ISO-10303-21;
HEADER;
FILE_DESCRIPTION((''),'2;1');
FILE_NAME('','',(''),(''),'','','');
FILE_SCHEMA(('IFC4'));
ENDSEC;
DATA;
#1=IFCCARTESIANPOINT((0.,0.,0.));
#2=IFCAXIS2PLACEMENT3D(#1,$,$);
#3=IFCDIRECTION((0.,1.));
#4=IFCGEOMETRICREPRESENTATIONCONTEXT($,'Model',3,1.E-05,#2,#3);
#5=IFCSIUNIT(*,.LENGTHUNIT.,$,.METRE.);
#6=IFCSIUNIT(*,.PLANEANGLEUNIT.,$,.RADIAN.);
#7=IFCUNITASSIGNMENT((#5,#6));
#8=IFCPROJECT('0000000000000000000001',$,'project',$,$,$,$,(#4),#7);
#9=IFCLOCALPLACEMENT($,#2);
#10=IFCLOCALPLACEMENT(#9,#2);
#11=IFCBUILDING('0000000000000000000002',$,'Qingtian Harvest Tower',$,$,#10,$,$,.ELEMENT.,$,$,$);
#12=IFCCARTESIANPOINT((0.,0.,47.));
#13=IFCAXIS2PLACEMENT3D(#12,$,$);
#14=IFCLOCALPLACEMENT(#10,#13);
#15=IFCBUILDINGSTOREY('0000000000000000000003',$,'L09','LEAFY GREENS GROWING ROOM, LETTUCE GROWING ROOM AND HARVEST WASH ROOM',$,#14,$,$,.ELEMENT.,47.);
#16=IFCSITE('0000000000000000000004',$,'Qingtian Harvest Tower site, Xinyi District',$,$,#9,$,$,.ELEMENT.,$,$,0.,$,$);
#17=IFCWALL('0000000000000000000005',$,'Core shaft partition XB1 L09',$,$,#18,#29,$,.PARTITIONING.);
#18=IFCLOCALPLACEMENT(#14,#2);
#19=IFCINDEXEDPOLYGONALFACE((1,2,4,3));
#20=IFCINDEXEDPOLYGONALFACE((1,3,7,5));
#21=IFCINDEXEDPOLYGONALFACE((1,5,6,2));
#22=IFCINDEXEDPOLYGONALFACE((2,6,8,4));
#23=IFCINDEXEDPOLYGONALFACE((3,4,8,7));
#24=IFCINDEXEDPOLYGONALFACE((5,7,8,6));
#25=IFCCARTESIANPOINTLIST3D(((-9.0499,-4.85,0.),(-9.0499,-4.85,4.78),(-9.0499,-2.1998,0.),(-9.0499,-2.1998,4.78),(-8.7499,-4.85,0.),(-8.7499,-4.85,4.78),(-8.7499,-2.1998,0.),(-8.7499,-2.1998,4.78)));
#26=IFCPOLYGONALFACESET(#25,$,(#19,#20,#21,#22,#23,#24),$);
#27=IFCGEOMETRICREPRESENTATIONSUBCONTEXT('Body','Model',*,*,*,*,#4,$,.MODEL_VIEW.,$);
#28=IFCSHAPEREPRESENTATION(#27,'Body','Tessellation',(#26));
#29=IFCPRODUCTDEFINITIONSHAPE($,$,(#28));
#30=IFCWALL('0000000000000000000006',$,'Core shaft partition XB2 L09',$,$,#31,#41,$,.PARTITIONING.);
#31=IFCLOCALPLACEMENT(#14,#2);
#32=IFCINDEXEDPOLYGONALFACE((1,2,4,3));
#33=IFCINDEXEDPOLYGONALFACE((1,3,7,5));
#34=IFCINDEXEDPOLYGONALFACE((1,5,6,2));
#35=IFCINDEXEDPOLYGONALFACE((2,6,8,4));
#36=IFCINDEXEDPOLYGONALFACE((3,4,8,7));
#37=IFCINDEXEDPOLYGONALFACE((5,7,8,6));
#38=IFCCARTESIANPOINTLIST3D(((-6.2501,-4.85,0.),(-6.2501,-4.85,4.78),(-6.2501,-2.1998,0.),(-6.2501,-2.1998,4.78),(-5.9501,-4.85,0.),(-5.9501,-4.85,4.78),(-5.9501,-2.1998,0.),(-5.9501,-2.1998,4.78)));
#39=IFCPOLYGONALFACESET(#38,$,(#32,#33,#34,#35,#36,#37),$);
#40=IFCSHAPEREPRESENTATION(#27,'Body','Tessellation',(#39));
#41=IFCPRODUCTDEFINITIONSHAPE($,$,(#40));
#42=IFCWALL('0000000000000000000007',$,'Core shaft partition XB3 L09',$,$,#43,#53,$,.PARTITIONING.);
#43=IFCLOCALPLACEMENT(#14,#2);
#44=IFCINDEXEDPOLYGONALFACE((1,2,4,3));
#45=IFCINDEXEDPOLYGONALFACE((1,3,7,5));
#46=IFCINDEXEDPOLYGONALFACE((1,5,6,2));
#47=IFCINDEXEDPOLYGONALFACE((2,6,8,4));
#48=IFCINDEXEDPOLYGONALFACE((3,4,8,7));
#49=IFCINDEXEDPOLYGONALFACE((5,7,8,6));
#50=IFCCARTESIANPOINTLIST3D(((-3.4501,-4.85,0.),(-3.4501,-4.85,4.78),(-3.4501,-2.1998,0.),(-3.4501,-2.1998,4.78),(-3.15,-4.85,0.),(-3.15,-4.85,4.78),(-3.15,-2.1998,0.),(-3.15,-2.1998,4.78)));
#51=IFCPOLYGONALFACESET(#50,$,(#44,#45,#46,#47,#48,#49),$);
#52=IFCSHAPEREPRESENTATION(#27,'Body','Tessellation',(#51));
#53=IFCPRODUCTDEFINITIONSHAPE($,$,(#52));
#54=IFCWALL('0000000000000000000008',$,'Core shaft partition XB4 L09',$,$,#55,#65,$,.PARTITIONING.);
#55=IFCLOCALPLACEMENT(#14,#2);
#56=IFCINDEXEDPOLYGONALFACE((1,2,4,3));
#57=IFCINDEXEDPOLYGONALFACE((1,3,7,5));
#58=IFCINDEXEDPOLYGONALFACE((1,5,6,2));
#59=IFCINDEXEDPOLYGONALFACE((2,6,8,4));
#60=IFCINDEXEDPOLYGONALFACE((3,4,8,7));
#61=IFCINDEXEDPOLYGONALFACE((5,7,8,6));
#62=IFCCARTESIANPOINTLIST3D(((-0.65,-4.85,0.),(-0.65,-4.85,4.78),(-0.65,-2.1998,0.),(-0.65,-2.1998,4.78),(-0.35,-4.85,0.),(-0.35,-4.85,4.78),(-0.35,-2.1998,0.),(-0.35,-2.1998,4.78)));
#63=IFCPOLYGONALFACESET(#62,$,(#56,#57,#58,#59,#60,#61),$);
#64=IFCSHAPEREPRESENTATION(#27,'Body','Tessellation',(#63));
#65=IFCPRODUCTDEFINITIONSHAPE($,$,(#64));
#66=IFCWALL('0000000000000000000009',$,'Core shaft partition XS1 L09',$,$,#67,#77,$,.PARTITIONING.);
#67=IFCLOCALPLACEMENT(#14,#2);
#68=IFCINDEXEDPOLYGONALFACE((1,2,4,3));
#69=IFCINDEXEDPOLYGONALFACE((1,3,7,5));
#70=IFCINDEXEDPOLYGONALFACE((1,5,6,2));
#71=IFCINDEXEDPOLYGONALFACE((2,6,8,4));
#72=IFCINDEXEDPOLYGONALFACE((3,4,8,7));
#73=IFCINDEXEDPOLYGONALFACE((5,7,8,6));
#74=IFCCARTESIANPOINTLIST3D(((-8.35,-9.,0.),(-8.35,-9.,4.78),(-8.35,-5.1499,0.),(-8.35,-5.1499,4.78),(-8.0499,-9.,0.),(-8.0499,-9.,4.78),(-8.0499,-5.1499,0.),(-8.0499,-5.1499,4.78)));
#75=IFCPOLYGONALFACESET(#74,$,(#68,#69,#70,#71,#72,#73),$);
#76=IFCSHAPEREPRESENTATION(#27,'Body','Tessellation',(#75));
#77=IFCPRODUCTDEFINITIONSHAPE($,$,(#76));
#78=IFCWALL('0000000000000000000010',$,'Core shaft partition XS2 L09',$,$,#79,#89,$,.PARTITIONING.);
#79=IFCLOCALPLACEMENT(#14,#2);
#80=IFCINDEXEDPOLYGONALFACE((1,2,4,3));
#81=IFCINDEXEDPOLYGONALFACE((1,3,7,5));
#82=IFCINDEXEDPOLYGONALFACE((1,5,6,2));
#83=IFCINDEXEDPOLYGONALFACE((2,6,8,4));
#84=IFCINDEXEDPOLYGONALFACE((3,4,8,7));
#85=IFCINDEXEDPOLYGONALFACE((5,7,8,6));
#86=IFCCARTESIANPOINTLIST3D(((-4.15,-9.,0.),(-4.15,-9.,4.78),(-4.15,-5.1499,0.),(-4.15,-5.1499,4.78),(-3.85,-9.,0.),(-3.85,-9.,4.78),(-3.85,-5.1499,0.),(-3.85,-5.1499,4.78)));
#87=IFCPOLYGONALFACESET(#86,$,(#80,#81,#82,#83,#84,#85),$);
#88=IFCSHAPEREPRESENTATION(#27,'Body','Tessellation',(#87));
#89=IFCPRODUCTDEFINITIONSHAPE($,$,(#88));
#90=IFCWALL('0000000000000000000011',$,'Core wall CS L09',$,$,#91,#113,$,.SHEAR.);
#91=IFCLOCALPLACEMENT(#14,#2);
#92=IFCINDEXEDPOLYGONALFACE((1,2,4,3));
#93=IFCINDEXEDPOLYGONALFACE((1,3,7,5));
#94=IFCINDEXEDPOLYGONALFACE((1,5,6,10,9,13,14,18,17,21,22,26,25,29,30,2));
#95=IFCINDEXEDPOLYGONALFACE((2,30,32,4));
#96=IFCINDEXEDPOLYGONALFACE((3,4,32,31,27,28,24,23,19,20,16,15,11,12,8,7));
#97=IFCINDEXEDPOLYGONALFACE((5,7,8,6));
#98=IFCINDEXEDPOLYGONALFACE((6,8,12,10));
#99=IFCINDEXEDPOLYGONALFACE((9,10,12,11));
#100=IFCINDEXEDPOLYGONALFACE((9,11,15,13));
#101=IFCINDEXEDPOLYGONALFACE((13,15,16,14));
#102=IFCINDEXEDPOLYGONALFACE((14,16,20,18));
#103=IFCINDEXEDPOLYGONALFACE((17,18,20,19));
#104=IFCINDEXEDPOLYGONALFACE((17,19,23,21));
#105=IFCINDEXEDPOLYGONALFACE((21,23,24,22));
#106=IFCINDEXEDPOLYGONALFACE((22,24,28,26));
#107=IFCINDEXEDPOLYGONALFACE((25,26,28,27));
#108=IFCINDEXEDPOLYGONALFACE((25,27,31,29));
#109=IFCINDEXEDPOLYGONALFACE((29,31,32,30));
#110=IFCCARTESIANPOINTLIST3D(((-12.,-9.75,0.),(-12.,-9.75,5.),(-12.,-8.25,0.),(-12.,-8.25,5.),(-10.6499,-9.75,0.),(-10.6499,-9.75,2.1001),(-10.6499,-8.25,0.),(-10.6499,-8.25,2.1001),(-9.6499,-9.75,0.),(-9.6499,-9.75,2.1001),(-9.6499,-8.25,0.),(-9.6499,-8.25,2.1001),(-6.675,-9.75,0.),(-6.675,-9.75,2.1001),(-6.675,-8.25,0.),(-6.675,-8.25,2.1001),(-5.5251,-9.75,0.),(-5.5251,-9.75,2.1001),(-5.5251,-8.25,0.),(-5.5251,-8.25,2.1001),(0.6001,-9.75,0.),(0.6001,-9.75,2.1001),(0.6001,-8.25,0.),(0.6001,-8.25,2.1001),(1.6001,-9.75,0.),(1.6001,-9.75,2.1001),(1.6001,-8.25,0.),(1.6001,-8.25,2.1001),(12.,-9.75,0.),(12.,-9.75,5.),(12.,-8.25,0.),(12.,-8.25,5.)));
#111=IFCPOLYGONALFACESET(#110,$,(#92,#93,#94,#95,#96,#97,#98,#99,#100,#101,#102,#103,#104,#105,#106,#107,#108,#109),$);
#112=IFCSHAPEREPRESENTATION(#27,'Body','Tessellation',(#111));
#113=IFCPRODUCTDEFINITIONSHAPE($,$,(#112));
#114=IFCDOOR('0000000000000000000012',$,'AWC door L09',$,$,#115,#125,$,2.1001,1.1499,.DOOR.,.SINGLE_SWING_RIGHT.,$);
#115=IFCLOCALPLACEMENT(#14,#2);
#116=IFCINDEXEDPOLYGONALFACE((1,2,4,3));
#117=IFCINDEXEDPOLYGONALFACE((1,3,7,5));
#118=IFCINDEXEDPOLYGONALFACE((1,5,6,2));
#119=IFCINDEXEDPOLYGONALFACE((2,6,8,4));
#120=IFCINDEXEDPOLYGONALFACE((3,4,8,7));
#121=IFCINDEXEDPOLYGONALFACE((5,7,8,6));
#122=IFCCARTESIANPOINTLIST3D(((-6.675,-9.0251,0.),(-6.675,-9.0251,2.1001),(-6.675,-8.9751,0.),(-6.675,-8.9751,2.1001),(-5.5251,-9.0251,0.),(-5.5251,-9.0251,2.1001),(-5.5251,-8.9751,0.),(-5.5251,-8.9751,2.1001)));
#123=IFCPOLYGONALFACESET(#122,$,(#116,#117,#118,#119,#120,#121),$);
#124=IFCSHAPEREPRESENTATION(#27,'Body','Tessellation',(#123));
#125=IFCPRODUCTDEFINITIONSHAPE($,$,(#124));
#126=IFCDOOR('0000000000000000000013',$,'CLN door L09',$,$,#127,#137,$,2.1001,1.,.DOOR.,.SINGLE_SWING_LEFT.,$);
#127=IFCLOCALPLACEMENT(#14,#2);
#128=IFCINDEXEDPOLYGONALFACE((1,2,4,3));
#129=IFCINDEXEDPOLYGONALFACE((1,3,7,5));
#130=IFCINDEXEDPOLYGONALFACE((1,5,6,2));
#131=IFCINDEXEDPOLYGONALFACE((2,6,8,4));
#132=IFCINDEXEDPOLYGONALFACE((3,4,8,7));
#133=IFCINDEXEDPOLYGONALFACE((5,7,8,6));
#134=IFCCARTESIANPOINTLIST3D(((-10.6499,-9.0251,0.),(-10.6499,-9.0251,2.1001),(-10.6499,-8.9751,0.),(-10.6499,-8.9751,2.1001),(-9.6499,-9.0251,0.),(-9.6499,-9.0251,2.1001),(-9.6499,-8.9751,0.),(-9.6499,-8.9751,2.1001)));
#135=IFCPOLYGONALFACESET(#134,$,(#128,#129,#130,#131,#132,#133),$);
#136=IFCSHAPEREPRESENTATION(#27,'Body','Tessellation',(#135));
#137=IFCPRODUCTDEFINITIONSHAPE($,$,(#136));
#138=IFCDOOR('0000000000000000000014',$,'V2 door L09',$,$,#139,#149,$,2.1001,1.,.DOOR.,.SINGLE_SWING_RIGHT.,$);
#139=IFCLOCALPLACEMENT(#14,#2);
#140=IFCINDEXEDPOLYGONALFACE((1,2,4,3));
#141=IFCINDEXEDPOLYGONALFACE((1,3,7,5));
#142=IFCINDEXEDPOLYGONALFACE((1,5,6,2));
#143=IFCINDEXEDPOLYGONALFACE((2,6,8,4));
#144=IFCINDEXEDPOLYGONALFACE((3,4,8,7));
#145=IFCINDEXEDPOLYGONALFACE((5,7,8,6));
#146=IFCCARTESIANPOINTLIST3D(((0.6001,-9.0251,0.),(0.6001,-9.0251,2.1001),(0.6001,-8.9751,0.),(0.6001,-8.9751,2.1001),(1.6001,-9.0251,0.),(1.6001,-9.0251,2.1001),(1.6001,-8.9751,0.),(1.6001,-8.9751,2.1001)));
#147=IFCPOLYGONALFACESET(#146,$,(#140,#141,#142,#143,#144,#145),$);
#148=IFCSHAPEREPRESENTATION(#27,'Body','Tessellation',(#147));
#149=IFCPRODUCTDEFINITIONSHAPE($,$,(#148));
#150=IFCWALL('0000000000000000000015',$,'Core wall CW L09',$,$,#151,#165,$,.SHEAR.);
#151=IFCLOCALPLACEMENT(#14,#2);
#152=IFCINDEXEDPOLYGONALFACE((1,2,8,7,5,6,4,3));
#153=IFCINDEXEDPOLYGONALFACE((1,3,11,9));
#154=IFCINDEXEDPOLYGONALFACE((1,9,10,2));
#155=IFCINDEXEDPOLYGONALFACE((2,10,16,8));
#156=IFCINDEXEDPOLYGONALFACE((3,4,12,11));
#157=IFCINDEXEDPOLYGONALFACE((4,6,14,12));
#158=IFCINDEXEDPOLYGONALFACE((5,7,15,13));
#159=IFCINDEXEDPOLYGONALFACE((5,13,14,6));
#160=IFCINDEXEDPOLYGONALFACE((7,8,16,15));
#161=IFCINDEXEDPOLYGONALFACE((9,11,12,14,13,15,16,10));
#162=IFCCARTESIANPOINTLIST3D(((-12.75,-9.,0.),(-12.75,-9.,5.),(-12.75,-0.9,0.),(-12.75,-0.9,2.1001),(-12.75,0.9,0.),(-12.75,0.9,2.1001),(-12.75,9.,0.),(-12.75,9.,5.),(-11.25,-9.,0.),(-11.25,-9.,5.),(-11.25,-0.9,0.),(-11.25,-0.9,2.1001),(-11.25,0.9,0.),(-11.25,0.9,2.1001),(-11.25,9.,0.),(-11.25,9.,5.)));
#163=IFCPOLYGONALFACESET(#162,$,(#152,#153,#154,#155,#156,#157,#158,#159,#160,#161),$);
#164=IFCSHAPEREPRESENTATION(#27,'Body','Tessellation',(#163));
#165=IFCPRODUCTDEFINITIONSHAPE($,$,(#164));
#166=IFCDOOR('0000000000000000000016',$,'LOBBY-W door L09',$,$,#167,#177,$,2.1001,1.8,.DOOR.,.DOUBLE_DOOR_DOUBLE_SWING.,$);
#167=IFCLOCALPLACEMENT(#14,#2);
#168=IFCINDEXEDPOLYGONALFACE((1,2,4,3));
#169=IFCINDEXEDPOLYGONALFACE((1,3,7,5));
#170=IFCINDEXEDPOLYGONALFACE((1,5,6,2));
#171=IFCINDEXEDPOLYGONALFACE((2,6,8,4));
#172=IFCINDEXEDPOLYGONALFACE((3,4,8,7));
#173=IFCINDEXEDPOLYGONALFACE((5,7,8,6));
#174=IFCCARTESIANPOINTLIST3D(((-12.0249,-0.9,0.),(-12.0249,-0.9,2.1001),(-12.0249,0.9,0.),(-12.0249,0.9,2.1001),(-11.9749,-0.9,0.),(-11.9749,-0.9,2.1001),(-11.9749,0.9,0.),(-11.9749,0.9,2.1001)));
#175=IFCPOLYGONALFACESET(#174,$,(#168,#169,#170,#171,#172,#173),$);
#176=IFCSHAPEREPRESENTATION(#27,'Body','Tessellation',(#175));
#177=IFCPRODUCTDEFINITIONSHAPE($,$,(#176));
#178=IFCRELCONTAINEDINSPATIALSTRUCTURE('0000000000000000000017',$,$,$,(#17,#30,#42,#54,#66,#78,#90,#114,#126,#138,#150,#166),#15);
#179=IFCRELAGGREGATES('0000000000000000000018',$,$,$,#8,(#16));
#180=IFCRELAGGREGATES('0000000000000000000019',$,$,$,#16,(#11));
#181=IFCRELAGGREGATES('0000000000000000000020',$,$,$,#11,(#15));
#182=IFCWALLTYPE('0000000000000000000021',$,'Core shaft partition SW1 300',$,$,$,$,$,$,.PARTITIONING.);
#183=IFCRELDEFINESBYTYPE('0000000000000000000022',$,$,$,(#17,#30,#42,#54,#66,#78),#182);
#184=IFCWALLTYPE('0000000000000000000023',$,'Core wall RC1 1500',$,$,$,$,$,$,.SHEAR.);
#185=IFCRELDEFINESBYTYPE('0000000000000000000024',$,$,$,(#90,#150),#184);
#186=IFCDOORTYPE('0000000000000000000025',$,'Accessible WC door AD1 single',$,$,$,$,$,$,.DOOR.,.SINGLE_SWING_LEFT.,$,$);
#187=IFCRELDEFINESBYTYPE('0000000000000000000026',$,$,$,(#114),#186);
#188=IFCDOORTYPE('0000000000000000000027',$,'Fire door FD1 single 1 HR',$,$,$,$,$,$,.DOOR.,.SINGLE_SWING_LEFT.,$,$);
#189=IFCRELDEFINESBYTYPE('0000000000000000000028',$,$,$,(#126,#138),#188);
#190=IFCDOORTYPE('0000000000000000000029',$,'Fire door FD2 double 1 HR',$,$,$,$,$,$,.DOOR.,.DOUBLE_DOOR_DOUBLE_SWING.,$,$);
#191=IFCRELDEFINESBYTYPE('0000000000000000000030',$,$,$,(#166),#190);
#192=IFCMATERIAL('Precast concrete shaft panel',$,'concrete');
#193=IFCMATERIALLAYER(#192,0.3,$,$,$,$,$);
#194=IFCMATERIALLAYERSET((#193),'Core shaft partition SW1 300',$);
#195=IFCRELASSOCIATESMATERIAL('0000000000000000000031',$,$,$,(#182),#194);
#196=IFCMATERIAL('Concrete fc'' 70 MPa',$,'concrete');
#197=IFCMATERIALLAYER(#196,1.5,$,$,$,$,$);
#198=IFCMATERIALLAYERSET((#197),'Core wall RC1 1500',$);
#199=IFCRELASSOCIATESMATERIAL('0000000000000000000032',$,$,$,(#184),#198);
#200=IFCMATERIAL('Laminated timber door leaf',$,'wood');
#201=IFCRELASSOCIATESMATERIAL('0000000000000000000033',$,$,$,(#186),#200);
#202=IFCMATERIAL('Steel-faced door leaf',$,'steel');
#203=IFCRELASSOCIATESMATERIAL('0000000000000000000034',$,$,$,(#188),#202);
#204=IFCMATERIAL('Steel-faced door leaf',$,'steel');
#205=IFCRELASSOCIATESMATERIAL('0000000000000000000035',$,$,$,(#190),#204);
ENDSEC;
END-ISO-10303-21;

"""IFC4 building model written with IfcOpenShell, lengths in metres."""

from ifc_helpers import new_model, si_unit, direction, frame, frame_2d, origin, place, context, subcontext, project, spatial, rectangle, extrude, material, layer, layer_set, type_object, element, fill, save


model = new_model("IFC4")

# Units and contexts
model_context = context("Model", 3, precision=1e-05, world=origin(), true_north=direction((0.0, 1.0)))
body_context = subcontext(model_context, "Body", "Model", "MODEL_VIEW")
ifc_project = project(units=[si_unit("LENGTHUNIT", "METRE"), si_unit("PLANEANGLEUNIT", "RADIAN")], contexts=[model_context])

# Site, building, storey
site_placement = place(None, origin())
site = spatial("IfcSite", under=ifc_project, at=site_placement, Name="Qingtian Harvest Tower site, Xinyi District", CompositionType="ELEMENT", RefElevation=0.0)
building_placement = place(site_placement, origin())
building = spatial("IfcBuilding", under=site, at=building_placement, Name="Qingtian Harvest Tower", CompositionType="ELEMENT")
storey_placement = place(building_placement, frame((0.0, 0.0, 47.0)))
storey = spatial("IfcBuildingStorey", under=building, at=storey_placement, Name="L09", Description="LEAFY GREENS GROWING ROOM, LETTUCE GROWING ROOM AND HARVEST WASH ROOM", CompositionType="ELEMENT", Elevation=47.0)

# Walls
ifc_material_1 = material(Name="Precast concrete shaft panel", Category="concrete")
ifc_layer_1 = layer(ifc_material_1, 0.3)
ifc_layer_set_1 = layer_set([ifc_layer_1], Name="Core shaft partition SW1 300")
wall_type_1 = type_object("IfcWallType", Name="Core shaft partition SW1 300", PredefinedType="PARTITIONING", material=ifc_layer_set_1)
for number, where, z_axis, x_axis, name in (
    (1, (-8.8999, -4.8501, 0.0), (0.0, 0.0, 1.0), (0.0, 1.0, 0.0), "Core shaft partition XB1 L09"),
    (2, (-6.1001, -4.8501, 0.0), (0.0, 0.0, 1.0), (0.0, 1.0, 0.0), "Core shaft partition XB2 L09"),
    (3, (-3.3, -4.8501, 0.0), (0.0, 0.0, 1.0), (0.0, 1.0, 0.0), "Core shaft partition XB3 L09"),
    (4, (-0.5, -4.8501, 0.0), (0.0, 0.0, 1.0), (0.0, 1.0, 0.0), "Core shaft partition XB4 L09"),
):
    element("IfcWall", number, at=place(storey_placement, frame(where, z_axis=z_axis, x_axis=x_axis)), inside=storey, type_object=wall_type_1, Name=name, PredefinedType="PARTITIONING", context=body_context, shape_type="SweptSolid", body=[
        extrude(rectangle(XDim=2.6501, YDim=0.3, at=frame_2d((1.3252, 0.0))), origin(), (0.0, 0.0, 1.0), 4.78),
    ])
for number, where, z_axis, x_axis, name in (
    (5, (-8.2, -9.0, 0.0), (0.0, 0.0, 1.0), (0.0, 1.0, 0.0), "Core shaft partition XS1 L09"),
    (6, (-4.0, -9.0, 0.0), (0.0, 0.0, 1.0), (0.0, 1.0, 0.0), "Core shaft partition XS2 L09"),
):
    element("IfcWall", number, at=place(storey_placement, frame(where, z_axis=z_axis, x_axis=x_axis)), inside=storey, type_object=wall_type_1, Name=name, PredefinedType="PARTITIONING", context=body_context, shape_type="SweptSolid", body=[
        extrude(rectangle(XDim=3.8501, YDim=0.3, at=frame_2d((1.925, 0.0))), origin(), (0.0, 0.0, 1.0), 4.78),
    ])

# Wall, openings, doors
ifc_material_2 = material(Name="Concrete fc' 70 MPa", Category="concrete")
ifc_layer_2 = layer(ifc_material_2, 1.5)
ifc_layer_set_2 = layer_set([ifc_layer_2], Name="Core wall RC1 1500")
wall_type_2 = type_object("IfcWallType", Name="Core wall RC1 1500", PredefinedType="SHEAR", material=ifc_layer_set_2)
wall_1_placement = place(storey_placement, frame((-12.0, -9.0, 0.0), z_axis=(0.0, 0.0, 1.0), x_axis=(1.0, 0.0, 0.0)))
wall_1 = element("IfcWall", 7, at=wall_1_placement, inside=storey, type_object=wall_type_2, Name="Core wall CS L09", PredefinedType="SHEAR", context=body_context, shape_type="SweptSolid", body=[
    extrude(rectangle(XDim=24.0, YDim=1.5, at=frame_2d((12.0, 0.0))), origin(), (0.0, 0.0, 1.0), 5.0),
])
opening_1_placement = place(wall_1_placement, frame((1.3501, 0.0, 0.0)))
opening_1 = element("IfcOpeningElement", 8, at=opening_1_placement, cuts=wall_1, PredefinedType="OPENING", context=body_context, shape_type="SweptSolid", body=[
    extrude(rectangle(XDim=1.0, YDim=2.1001, at=frame_2d((0.5, 1.05))), frame((0.0, 0.76, 0.0), z_axis=(0.0, -1.0, 0.0), x_axis=(1.0, 0.0, 0.0)), (0.0, 0.0, 1.0), 1.52),
])
opening_2_placement = place(wall_1_placement, frame((5.325, 0.0, 0.0)))
opening_2 = element("IfcOpeningElement", 9, at=opening_2_placement, cuts=wall_1, PredefinedType="OPENING", context=body_context, shape_type="SweptSolid", body=[
    extrude(rectangle(XDim=1.1499, YDim=2.1001, at=frame_2d((0.575, 1.05))), frame((0.0, 0.76, 0.0), z_axis=(0.0, -1.0, 0.0), x_axis=(1.0, 0.0, 0.0)), (0.0, 0.0, 1.0), 1.52),
])
opening_3_placement = place(wall_1_placement, frame((12.6001, 0.0, 0.0)))
opening_3 = element("IfcOpeningElement", 10, at=opening_3_placement, cuts=wall_1, PredefinedType="OPENING", context=body_context, shape_type="SweptSolid", body=[
    extrude(rectangle(XDim=1.0, YDim=2.1001, at=frame_2d((0.5, 1.05))), frame((0.0, 0.76, 0.0), z_axis=(0.0, -1.0, 0.0), x_axis=(1.0, 0.0, 0.0)), (0.0, 0.0, 1.0), 1.52),
])
ifc_material_3 = material(Name="Laminated timber door leaf", Category="wood")
door_type_1 = type_object("IfcDoorType", Name="Accessible WC door AD1 single", OperationType="SINGLE_SWING_LEFT", PredefinedType="DOOR", material=ifc_material_3)
door_1_placement = place(opening_2_placement, origin())
door_1 = element("IfcDoor", 11, at=door_1_placement, inside=storey, type_object=door_type_1, Name="AWC door L09", OperationType="SINGLE_SWING_RIGHT", OverallHeight=2.1001, OverallWidth=1.1499, PredefinedType="DOOR", context=body_context, shape_type="SweptSolid", body=[
    extrude(rectangle(XDim=1.1499, YDim=2.1001, at=frame_2d((0.575, 1.05))), frame((0.0, 0.0249, 0.0), z_axis=(0.0, -1.0, 0.0), x_axis=(1.0, 0.0, 0.0)), (0.0, 0.0, 1.0), 0.05),
])
fill(opening_2, door_1)
ifc_material_4 = material(Name="Steel-faced door leaf", Category="steel")
door_type_2 = type_object("IfcDoorType", Name="Fire door FD1 single 1 HR", OperationType="SINGLE_SWING_LEFT", PredefinedType="DOOR", material=ifc_material_4)
door_2_placement = place(opening_1_placement, origin())
door_2 = element("IfcDoor", 12, at=door_2_placement, inside=storey, type_object=door_type_2, Name="CLN door L09", OperationType="SINGLE_SWING_LEFT", OverallHeight=2.1001, OverallWidth=1.0, PredefinedType="DOOR", context=body_context, shape_type="SweptSolid", body=[
    extrude(rectangle(XDim=1.0, YDim=2.1001, at=frame_2d((0.5, 1.05))), frame((0.0, 0.0249, 0.0), z_axis=(0.0, -1.0, 0.0), x_axis=(1.0, 0.0, 0.0)), (0.0, 0.0, 1.0), 0.05),
])
fill(opening_1, door_2)
door_3_placement = place(opening_3_placement, origin())
door_3 = element("IfcDoor", 13, at=door_3_placement, inside=storey, type_object=door_type_2, Name="V2 door L09", OperationType="SINGLE_SWING_RIGHT", OverallHeight=2.1001, OverallWidth=1.0, PredefinedType="DOOR", context=body_context, shape_type="SweptSolid", body=[
    extrude(rectangle(XDim=1.0, YDim=2.1001, at=frame_2d((0.5, 1.05))), frame((0.0, 0.0249, 0.0), z_axis=(0.0, -1.0, 0.0), x_axis=(1.0, 0.0, 0.0)), (0.0, 0.0, 1.0), 0.05),
])
fill(opening_3, door_3)

# Wall, opening, door
wall_2_placement = place(storey_placement, frame((-12.0, -9.0, 0.0), z_axis=(0.0, 0.0, 1.0), x_axis=(0.0, 1.0, 0.0)))
wall_2 = element("IfcWall", 14, at=wall_2_placement, inside=storey, type_object=wall_type_2, Name="Core wall CW L09", PredefinedType="SHEAR", context=body_context, shape_type="SweptSolid", body=[
    extrude(rectangle(XDim=18.0, YDim=1.5, at=frame_2d((9.0, 0.0))), origin(), (0.0, 0.0, 1.0), 5.0),
])
opening_4_placement = place(wall_2_placement, frame((8.1001, 0.0, 0.0)))
opening_4 = element("IfcOpeningElement", 15, at=opening_4_placement, cuts=wall_2, PredefinedType="OPENING", context=body_context, shape_type="SweptSolid", body=[
    extrude(rectangle(XDim=1.8, YDim=2.1001, at=frame_2d((0.8999, 1.05))), frame((0.0, 0.76, 0.0), z_axis=(0.0, -1.0, 0.0), x_axis=(1.0, 0.0, 0.0)), (0.0, 0.0, 1.0), 1.52),
])
ifc_material_5 = material(Name="Steel-faced door leaf", Category="steel")
door_type_3 = type_object("IfcDoorType", Name="Fire door FD2 double 1 HR", OperationType="DOUBLE_DOOR_DOUBLE_SWING", PredefinedType="DOOR", material=ifc_material_5)
door_4_placement = place(opening_4_placement, origin())
door_4 = element("IfcDoor", 16, at=door_4_placement, inside=storey, type_object=door_type_3, Name="LOBBY-W door L09", OperationType="DOUBLE_DOOR_DOUBLE_SWING", OverallHeight=2.1001, OverallWidth=1.8, PredefinedType="DOOR", context=body_context, shape_type="SweptSolid", body=[
    extrude(rectangle(XDim=1.8, YDim=2.1001, at=frame_2d((0.8999, 1.05))), frame((0.0, 0.0249, 0.0), z_axis=(0.0, -1.0, 0.0), x_axis=(1.0, 0.0, 0.0)), (0.0, 0.0, 1.0), 0.05),
])
fill(opening_4, door_4)

save(model, "model.ifc")
